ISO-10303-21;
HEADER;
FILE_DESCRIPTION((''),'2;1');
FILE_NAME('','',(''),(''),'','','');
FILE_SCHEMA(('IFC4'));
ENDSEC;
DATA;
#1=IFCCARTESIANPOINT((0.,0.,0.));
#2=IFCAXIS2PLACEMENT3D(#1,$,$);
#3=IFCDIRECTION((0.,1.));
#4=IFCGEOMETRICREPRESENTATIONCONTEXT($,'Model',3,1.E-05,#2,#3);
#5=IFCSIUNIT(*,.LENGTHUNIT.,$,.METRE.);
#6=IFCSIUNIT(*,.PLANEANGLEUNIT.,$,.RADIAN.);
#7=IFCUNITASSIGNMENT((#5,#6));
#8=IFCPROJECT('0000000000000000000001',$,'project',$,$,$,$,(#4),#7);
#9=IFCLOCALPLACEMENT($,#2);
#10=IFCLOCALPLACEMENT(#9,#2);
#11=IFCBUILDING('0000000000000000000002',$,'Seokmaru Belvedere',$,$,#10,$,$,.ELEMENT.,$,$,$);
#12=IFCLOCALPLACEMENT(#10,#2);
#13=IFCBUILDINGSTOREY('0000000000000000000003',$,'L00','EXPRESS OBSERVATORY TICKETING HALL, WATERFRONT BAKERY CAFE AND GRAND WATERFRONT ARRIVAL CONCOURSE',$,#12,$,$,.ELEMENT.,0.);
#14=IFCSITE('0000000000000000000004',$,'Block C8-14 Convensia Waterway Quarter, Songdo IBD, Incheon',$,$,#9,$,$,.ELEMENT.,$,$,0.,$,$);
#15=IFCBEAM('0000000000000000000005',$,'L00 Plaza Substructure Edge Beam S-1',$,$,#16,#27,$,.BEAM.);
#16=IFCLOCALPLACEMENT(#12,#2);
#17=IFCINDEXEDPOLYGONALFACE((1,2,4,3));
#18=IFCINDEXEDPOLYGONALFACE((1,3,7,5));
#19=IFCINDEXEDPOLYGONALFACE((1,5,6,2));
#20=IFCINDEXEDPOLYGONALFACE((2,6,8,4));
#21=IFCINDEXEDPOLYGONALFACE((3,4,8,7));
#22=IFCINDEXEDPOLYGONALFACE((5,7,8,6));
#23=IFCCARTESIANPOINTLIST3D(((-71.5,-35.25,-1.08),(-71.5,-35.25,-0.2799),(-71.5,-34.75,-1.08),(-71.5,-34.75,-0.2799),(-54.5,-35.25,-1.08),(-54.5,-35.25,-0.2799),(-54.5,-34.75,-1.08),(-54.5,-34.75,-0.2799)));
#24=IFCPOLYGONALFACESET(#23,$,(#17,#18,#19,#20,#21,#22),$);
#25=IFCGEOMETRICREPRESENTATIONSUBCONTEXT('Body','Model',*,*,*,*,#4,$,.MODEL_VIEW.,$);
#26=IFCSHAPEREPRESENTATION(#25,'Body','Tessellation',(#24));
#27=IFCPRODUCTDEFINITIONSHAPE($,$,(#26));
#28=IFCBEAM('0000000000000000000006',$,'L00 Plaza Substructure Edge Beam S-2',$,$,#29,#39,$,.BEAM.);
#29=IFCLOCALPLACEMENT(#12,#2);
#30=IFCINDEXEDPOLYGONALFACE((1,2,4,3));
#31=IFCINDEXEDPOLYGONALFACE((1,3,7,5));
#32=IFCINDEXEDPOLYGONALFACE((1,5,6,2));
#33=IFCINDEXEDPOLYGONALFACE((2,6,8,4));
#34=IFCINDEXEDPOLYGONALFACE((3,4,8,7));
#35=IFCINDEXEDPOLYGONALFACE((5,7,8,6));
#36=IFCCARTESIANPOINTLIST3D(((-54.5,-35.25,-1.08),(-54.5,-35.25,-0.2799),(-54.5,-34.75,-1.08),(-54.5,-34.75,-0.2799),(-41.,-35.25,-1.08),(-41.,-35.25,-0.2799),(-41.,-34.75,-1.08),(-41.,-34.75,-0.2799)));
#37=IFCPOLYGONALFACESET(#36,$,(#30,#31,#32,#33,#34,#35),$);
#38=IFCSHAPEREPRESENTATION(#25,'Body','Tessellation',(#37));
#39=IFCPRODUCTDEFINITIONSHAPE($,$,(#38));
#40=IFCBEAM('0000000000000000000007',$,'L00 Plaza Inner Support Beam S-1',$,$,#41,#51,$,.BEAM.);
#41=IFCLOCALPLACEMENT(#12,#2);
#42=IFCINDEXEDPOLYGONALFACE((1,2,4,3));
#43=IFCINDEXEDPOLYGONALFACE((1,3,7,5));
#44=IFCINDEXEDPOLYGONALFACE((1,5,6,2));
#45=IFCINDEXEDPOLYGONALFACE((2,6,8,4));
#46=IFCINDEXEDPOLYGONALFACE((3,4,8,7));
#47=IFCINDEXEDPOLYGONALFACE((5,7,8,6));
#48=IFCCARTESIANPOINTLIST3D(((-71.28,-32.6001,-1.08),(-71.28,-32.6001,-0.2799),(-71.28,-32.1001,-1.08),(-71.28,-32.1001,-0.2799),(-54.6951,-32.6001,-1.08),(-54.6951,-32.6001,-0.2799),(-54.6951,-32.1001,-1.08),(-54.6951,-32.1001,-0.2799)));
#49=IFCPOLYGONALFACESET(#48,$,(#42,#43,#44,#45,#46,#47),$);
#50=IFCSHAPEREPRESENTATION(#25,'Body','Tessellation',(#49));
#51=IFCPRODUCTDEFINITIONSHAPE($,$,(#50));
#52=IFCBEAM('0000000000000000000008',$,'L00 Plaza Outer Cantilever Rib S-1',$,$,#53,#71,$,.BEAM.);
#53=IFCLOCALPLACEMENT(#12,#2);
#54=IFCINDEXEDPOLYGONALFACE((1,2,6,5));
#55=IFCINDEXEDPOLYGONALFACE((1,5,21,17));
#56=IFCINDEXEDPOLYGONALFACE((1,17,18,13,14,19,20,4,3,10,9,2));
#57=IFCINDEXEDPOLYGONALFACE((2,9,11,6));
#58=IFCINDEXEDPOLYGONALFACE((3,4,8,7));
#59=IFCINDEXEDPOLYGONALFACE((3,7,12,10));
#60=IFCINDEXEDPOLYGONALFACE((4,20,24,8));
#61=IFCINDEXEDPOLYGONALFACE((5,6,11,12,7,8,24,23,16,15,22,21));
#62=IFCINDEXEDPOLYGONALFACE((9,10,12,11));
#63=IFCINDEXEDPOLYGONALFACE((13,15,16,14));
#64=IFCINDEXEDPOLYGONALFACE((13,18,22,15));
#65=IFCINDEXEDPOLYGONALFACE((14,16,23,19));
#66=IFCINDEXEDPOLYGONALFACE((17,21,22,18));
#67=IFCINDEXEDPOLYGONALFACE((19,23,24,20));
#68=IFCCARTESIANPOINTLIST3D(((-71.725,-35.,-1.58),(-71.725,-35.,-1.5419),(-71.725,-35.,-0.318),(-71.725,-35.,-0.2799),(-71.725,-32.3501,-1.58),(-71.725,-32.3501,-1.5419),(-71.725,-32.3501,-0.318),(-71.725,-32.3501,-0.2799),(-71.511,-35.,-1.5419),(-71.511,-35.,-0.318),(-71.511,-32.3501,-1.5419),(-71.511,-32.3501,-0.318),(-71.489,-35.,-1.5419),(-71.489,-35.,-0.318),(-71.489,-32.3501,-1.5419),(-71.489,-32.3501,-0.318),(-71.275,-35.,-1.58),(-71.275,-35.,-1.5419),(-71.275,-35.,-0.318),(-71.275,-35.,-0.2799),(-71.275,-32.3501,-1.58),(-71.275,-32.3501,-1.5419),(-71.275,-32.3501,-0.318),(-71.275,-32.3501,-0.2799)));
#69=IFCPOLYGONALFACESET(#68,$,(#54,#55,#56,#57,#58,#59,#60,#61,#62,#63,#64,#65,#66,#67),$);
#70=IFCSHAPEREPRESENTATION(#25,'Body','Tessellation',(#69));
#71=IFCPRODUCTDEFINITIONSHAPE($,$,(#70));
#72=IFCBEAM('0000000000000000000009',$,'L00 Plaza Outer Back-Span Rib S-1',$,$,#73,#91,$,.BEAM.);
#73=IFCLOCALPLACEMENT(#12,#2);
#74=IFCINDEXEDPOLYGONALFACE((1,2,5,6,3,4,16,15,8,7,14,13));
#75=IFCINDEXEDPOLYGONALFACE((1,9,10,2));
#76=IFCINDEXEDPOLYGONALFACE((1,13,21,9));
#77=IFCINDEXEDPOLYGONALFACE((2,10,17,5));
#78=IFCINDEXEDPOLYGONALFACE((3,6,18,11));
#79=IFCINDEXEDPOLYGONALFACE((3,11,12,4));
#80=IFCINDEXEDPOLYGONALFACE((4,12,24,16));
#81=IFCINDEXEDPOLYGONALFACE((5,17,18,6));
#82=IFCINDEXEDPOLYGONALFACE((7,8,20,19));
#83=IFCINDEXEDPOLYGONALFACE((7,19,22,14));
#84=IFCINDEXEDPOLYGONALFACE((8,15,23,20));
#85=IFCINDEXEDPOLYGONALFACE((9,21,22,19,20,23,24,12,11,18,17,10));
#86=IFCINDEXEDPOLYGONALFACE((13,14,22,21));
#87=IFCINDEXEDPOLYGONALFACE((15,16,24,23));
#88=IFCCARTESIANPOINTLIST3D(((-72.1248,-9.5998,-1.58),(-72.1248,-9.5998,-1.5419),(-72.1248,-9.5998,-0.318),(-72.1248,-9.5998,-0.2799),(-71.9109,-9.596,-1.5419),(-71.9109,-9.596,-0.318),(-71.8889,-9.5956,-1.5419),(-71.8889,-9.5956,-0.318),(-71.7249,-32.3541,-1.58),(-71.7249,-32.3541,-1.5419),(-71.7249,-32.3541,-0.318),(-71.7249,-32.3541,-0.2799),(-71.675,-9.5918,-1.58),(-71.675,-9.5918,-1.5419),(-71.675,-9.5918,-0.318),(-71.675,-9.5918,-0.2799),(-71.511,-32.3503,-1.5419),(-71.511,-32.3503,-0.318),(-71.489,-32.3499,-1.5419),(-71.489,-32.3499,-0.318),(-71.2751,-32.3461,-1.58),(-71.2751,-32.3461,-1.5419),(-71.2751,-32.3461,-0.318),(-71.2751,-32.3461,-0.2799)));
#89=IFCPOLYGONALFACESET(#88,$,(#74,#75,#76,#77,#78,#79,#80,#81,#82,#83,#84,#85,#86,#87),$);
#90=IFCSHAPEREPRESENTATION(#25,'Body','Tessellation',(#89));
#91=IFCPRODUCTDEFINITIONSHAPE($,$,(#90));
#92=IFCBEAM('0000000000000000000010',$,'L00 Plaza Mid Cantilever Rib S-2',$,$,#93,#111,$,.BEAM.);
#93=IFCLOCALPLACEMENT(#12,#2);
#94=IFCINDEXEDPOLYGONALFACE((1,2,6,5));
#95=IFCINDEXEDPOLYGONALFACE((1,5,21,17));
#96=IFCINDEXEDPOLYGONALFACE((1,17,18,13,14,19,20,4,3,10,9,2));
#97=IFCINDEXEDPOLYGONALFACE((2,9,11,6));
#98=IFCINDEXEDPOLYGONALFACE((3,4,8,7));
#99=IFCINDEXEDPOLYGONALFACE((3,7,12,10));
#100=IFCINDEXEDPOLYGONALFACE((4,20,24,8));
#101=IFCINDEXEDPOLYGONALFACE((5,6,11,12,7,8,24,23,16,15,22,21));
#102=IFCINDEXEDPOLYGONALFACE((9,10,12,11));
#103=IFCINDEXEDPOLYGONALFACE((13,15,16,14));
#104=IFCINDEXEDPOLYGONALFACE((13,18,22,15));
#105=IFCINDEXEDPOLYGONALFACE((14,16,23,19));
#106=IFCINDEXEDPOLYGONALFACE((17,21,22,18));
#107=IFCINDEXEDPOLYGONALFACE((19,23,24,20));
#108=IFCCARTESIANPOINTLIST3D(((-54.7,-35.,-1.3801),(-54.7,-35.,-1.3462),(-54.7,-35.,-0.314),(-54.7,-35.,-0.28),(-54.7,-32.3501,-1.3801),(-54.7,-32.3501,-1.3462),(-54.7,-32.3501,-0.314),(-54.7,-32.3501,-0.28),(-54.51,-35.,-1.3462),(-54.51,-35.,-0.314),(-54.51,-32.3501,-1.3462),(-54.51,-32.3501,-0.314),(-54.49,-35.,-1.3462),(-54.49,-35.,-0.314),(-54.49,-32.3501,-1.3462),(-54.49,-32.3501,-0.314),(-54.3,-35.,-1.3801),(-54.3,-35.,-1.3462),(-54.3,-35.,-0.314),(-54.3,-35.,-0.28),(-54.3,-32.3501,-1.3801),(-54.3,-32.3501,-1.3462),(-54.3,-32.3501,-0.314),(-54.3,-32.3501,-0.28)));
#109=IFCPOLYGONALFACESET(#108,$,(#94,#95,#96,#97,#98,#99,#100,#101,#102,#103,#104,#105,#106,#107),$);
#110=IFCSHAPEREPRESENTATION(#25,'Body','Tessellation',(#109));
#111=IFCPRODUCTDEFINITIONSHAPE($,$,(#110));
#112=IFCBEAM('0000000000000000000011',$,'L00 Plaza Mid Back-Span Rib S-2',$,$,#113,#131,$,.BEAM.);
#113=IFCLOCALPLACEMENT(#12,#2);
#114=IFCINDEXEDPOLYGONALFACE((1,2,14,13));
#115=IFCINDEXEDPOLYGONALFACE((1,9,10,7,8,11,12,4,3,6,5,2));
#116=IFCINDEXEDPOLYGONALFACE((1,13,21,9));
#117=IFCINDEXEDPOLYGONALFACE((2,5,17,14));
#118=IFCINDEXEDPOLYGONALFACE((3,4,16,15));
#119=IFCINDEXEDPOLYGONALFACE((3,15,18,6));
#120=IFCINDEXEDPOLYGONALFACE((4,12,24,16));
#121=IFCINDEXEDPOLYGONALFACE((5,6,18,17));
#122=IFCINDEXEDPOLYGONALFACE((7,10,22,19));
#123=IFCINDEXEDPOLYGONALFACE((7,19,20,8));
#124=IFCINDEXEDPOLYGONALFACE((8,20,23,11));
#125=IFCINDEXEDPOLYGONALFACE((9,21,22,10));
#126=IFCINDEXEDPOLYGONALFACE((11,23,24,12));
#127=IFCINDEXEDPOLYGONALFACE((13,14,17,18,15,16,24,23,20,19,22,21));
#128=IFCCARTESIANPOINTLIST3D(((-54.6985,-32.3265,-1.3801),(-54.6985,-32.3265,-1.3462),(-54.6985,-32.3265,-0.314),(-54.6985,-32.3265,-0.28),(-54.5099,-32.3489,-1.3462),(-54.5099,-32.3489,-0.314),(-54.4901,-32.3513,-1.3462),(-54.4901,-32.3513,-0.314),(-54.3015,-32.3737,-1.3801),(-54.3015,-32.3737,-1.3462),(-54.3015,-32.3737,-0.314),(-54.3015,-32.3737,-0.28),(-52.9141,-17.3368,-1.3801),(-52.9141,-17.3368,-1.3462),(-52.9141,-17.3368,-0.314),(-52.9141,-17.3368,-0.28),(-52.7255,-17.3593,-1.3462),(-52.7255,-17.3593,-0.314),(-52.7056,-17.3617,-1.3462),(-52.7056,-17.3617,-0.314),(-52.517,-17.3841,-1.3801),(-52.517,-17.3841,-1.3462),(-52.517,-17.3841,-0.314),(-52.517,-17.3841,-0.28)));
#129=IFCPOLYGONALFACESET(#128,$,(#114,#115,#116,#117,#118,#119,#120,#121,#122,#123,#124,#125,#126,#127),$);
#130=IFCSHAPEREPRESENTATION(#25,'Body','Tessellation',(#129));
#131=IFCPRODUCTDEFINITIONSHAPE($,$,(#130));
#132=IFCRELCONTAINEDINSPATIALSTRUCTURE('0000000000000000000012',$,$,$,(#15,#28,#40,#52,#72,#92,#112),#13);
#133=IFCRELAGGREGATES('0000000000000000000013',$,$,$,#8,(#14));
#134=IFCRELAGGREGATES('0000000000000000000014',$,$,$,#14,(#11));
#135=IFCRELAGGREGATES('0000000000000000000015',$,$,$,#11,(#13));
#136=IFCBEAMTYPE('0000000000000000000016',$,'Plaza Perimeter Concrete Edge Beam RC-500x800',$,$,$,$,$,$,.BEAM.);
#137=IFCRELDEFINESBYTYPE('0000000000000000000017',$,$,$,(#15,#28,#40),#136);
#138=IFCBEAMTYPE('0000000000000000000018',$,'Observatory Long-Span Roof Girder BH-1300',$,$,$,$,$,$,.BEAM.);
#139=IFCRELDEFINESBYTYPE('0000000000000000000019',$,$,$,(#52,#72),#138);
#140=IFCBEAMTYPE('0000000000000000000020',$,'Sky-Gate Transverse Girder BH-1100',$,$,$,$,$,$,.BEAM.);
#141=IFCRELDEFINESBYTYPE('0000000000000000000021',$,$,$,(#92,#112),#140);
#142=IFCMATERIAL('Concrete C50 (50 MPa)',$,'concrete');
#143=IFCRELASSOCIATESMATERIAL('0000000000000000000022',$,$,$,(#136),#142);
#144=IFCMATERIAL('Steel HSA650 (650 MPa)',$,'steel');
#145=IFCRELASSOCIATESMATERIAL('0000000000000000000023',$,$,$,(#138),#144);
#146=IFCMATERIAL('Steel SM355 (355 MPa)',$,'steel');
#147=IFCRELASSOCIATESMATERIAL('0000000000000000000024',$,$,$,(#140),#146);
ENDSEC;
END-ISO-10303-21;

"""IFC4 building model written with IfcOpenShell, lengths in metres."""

from ifc_helpers import new_model, si_unit, direction, frame, origin, origin_2d, place, context, subcontext, project, spatial, rectangle, i_section, extrude, source, transform, mapped, material, material_profile, profile_set, type_object, type_shapes, element, save


model = new_model("IFC4")

# Units and contexts
model_context = context("Model", 3, precision=1e-05, world=origin(), true_north=direction((0.0, 1.0)))
body_context = subcontext(model_context, "Body", "Model", "MODEL_VIEW")
ifc_project = project(units=[si_unit("LENGTHUNIT", "METRE"), si_unit("PLANEANGLEUNIT", "RADIAN")], contexts=[model_context])

# Site, building, storey
site_placement = place(None, origin())
site = spatial("IfcSite", under=ifc_project, at=site_placement, Name="Block C8-14 Convensia Waterway Quarter, Songdo IBD, Incheon", CompositionType="ELEMENT", RefElevation=0.0)
building_placement = place(site_placement, origin())
building = spatial("IfcBuilding", under=site, at=building_placement, Name="Seokmaru Belvedere", CompositionType="ELEMENT")
storey_placement = place(building_placement, origin())
storey = spatial("IfcBuildingStorey", under=building, at=storey_placement, Name="L00", Description="EXPRESS OBSERVATORY TICKETING HALL, WATERFRONT BAKERY CAFE AND GRAND WATERFRONT ARRIVAL CONCOURSE", CompositionType="ELEMENT", Elevation=0.0)

# Beams
ifc_material_1 = material(Name="Concrete C50 (50 MPa)", Category="concrete")
ifc_material_profile_1 = material_profile(ifc_material_1, rectangle(XDim=0.5, YDim=0.8, at=origin_2d()), Name="RC-500x800")
ifc_profile_set_1 = profile_set([ifc_material_profile_1], Name="Concrete C50 (50 MPa)")
beam_type_1 = type_object("IfcBeamType", Name="Plaza Perimeter Concrete Edge Beam RC-500x800", PredefinedType="BEAM", material=ifc_profile_set_1)
shared_shape_1 = source(origin(), body_context, "Body", "SweptSolid", [
    extrude(rectangle(XDim=0.5, YDim=0.8, at=origin_2d()), origin(), (0.0, 0.0, 1.0), 17.0),
])
beam_1_placement = place(storey_placement, frame((-71.5, -35.0, -0.6799), z_axis=(1.0, 0.0, 0.0), x_axis=(0.0, 1.0, 0.0)))
element("IfcBeam", 1, at=beam_1_placement, inside=storey, type_object=beam_type_1, Name="L00 Plaza Substructure Edge Beam S-1", PredefinedType="BEAM", context=body_context, shape_type="MappedRepresentation", body=[
    mapped(shared_shape_1, transform((0.0, 0.0, 0.0), scale=1.0)),
])
shared_shape_2 = source(origin(), body_context, "Body", "SweptSolid", [
    extrude(rectangle(XDim=0.5, YDim=0.8, at=origin_2d()), origin(), (0.0, 0.0, 1.0), 13.5),
])
beam_2_placement = place(storey_placement, frame((-54.5, -35.0, -0.6799), z_axis=(1.0, 0.0, 0.0), x_axis=(0.0, 1.0, 0.0)))
element("IfcBeam", 2, at=beam_2_placement, inside=storey, type_object=beam_type_1, Name="L00 Plaza Substructure Edge Beam S-2", PredefinedType="BEAM", context=body_context, shape_type="MappedRepresentation", body=[
    mapped(shared_shape_2, transform((0.0, 0.0, 0.0), scale=1.0)),
])
shared_shape_3 = source(origin(), body_context, "Body", "SweptSolid", [
    extrude(rectangle(XDim=0.5, YDim=0.8, at=origin_2d()), origin(), (0.0, 0.0, 1.0), 16.585),
])
type_shapes(beam_type_1, [shared_shape_1, shared_shape_2, shared_shape_3])
beam_3_placement = place(storey_placement, frame((-71.28, -32.3501, -0.6799), z_axis=(1.0, 0.0, 0.0), x_axis=(0.0, 1.0, 0.0)))
element("IfcBeam", 3, at=beam_3_placement, inside=storey, type_object=beam_type_1, Name="L00 Plaza Inner Support Beam S-1", PredefinedType="BEAM", context=body_context, shape_type="MappedRepresentation", body=[
    mapped(shared_shape_3, transform((0.0, 0.0, 0.0), scale=1.0)),
])
ifc_material_2 = material(Name="Steel HSA650 (650 MPa)", Category="steel")
ifc_material_profile_2 = material_profile(ifc_material_2, i_section(OverallWidth=0.45, OverallDepth=1.3, WebThickness=0.022, FlangeThickness=0.0381, at=origin_2d()), Name="BH-1300x450x22x38")
ifc_profile_set_2 = profile_set([ifc_material_profile_2], Name="Steel HSA650 (650 MPa)")
beam_type_2 = type_object("IfcBeamType", Name="Observatory Long-Span Roof Girder BH-1300", PredefinedType="BEAM", material=ifc_profile_set_2)
shared_shape_4 = source(origin(), body_context, "Body", "SweptSolid", [
    extrude(i_section(OverallWidth=0.45, OverallDepth=1.3, WebThickness=0.022, FlangeThickness=0.0381, at=origin_2d()), origin(), (0.0, 0.0, 1.0), 2.6499),
])
beam_4_placement = place(storey_placement, frame((-71.5, -35.0, -0.9299), z_axis=(0.0, 1.0, 0.0), x_axis=(-1.0, 0.0, 0.0)))
element("IfcBeam", 4, at=beam_4_placement, inside=storey, type_object=beam_type_2, Name="L00 Plaza Outer Cantilever Rib S-1", PredefinedType="BEAM", context=body_context, shape_type="MappedRepresentation", body=[
    mapped(shared_shape_4, transform((0.0, 0.0, 0.0), scale=1.0)),
])
shared_shape_5 = source(origin(), body_context, "Body", "SweptSolid", [
    extrude(i_section(OverallWidth=0.45, OverallDepth=1.3, WebThickness=0.022, FlangeThickness=0.0381, at=origin_2d()), origin(), (0.0, 0.0, 1.0), 22.7578),
])
type_shapes(beam_type_2, [shared_shape_4, shared_shape_5])
beam_5_placement = place(storey_placement, frame((-71.5, -32.3501, -0.9299), z_axis=(-0.017572, 0.999846, 0.0), x_axis=(-0.999846, -0.017572, 0.0)))
element("IfcBeam", 5, at=beam_5_placement, inside=storey, type_object=beam_type_2, Name="L00 Plaza Outer Back-Span Rib S-1", PredefinedType="BEAM", context=body_context, shape_type="MappedRepresentation", body=[
    mapped(shared_shape_5, transform((0.0, 0.0, 0.0), scale=1.0)),
])
ifc_material_3 = material(Name="Steel SM355 (355 MPa)", Category="steel")
ifc_material_profile_3 = material_profile(ifc_material_3, i_section(OverallWidth=0.3999, OverallDepth=1.1001, WebThickness=0.02, FlangeThickness=0.0339, at=origin_2d()), Name="BH-1100x400x20x34")
ifc_profile_set_3 = profile_set([ifc_material_profile_3], Name="Steel SM355 (355 MPa)")
beam_type_3 = type_object("IfcBeamType", Name="Sky-Gate Transverse Girder BH-1100", PredefinedType="BEAM", material=ifc_profile_set_3)
shared_shape_6 = source(origin(), body_context, "Body", "SweptSolid", [
    extrude(i_section(OverallWidth=0.3999, OverallDepth=1.1001, WebThickness=0.02, FlangeThickness=0.0339, at=origin_2d()), origin(), (0.0, 0.0, 1.0), 2.6499),
])
beam_6_placement = place(storey_placement, frame((-54.5, -35.0, -0.8301), z_axis=(0.0, 1.0, 0.0), x_axis=(-1.0, 0.0, 0.0)))
element("IfcBeam", 6, at=beam_6_placement, inside=storey, type_object=beam_type_3, Name="L00 Plaza Mid Cantilever Rib S-2", PredefinedType="BEAM", context=body_context, shape_type="MappedRepresentation", body=[
    mapped(shared_shape_6, transform((0.0, 0.0, 0.0), scale=1.0)),
])
shared_shape_7 = source(origin(), body_context, "Body", "SweptSolid", [
    extrude(i_section(OverallWidth=0.3999, OverallDepth=1.1001, WebThickness=0.02, FlangeThickness=0.0339, at=origin_2d()), origin(), (0.0, 0.0, 1.0), 15.0955),
])
type_shapes(beam_type_3, [shared_shape_6, shared_shape_7])
beam_7_placement = place(storey_placement, frame((-54.5, -32.3501, -0.8301), z_axis=(0.11821, 0.992989, 0.0), x_axis=(-0.992989, 0.11821, 0.0)))
element("IfcBeam", 7, at=beam_7_placement, inside=storey, type_object=beam_type_3, Name="L00 Plaza Mid Back-Span Rib S-2", PredefinedType="BEAM", context=body_context, shape_type="MappedRepresentation", body=[
    mapped(shared_shape_7, transform((0.0, 0.0, 0.0), scale=1.0)),
])

save(model, "model.ifc")
